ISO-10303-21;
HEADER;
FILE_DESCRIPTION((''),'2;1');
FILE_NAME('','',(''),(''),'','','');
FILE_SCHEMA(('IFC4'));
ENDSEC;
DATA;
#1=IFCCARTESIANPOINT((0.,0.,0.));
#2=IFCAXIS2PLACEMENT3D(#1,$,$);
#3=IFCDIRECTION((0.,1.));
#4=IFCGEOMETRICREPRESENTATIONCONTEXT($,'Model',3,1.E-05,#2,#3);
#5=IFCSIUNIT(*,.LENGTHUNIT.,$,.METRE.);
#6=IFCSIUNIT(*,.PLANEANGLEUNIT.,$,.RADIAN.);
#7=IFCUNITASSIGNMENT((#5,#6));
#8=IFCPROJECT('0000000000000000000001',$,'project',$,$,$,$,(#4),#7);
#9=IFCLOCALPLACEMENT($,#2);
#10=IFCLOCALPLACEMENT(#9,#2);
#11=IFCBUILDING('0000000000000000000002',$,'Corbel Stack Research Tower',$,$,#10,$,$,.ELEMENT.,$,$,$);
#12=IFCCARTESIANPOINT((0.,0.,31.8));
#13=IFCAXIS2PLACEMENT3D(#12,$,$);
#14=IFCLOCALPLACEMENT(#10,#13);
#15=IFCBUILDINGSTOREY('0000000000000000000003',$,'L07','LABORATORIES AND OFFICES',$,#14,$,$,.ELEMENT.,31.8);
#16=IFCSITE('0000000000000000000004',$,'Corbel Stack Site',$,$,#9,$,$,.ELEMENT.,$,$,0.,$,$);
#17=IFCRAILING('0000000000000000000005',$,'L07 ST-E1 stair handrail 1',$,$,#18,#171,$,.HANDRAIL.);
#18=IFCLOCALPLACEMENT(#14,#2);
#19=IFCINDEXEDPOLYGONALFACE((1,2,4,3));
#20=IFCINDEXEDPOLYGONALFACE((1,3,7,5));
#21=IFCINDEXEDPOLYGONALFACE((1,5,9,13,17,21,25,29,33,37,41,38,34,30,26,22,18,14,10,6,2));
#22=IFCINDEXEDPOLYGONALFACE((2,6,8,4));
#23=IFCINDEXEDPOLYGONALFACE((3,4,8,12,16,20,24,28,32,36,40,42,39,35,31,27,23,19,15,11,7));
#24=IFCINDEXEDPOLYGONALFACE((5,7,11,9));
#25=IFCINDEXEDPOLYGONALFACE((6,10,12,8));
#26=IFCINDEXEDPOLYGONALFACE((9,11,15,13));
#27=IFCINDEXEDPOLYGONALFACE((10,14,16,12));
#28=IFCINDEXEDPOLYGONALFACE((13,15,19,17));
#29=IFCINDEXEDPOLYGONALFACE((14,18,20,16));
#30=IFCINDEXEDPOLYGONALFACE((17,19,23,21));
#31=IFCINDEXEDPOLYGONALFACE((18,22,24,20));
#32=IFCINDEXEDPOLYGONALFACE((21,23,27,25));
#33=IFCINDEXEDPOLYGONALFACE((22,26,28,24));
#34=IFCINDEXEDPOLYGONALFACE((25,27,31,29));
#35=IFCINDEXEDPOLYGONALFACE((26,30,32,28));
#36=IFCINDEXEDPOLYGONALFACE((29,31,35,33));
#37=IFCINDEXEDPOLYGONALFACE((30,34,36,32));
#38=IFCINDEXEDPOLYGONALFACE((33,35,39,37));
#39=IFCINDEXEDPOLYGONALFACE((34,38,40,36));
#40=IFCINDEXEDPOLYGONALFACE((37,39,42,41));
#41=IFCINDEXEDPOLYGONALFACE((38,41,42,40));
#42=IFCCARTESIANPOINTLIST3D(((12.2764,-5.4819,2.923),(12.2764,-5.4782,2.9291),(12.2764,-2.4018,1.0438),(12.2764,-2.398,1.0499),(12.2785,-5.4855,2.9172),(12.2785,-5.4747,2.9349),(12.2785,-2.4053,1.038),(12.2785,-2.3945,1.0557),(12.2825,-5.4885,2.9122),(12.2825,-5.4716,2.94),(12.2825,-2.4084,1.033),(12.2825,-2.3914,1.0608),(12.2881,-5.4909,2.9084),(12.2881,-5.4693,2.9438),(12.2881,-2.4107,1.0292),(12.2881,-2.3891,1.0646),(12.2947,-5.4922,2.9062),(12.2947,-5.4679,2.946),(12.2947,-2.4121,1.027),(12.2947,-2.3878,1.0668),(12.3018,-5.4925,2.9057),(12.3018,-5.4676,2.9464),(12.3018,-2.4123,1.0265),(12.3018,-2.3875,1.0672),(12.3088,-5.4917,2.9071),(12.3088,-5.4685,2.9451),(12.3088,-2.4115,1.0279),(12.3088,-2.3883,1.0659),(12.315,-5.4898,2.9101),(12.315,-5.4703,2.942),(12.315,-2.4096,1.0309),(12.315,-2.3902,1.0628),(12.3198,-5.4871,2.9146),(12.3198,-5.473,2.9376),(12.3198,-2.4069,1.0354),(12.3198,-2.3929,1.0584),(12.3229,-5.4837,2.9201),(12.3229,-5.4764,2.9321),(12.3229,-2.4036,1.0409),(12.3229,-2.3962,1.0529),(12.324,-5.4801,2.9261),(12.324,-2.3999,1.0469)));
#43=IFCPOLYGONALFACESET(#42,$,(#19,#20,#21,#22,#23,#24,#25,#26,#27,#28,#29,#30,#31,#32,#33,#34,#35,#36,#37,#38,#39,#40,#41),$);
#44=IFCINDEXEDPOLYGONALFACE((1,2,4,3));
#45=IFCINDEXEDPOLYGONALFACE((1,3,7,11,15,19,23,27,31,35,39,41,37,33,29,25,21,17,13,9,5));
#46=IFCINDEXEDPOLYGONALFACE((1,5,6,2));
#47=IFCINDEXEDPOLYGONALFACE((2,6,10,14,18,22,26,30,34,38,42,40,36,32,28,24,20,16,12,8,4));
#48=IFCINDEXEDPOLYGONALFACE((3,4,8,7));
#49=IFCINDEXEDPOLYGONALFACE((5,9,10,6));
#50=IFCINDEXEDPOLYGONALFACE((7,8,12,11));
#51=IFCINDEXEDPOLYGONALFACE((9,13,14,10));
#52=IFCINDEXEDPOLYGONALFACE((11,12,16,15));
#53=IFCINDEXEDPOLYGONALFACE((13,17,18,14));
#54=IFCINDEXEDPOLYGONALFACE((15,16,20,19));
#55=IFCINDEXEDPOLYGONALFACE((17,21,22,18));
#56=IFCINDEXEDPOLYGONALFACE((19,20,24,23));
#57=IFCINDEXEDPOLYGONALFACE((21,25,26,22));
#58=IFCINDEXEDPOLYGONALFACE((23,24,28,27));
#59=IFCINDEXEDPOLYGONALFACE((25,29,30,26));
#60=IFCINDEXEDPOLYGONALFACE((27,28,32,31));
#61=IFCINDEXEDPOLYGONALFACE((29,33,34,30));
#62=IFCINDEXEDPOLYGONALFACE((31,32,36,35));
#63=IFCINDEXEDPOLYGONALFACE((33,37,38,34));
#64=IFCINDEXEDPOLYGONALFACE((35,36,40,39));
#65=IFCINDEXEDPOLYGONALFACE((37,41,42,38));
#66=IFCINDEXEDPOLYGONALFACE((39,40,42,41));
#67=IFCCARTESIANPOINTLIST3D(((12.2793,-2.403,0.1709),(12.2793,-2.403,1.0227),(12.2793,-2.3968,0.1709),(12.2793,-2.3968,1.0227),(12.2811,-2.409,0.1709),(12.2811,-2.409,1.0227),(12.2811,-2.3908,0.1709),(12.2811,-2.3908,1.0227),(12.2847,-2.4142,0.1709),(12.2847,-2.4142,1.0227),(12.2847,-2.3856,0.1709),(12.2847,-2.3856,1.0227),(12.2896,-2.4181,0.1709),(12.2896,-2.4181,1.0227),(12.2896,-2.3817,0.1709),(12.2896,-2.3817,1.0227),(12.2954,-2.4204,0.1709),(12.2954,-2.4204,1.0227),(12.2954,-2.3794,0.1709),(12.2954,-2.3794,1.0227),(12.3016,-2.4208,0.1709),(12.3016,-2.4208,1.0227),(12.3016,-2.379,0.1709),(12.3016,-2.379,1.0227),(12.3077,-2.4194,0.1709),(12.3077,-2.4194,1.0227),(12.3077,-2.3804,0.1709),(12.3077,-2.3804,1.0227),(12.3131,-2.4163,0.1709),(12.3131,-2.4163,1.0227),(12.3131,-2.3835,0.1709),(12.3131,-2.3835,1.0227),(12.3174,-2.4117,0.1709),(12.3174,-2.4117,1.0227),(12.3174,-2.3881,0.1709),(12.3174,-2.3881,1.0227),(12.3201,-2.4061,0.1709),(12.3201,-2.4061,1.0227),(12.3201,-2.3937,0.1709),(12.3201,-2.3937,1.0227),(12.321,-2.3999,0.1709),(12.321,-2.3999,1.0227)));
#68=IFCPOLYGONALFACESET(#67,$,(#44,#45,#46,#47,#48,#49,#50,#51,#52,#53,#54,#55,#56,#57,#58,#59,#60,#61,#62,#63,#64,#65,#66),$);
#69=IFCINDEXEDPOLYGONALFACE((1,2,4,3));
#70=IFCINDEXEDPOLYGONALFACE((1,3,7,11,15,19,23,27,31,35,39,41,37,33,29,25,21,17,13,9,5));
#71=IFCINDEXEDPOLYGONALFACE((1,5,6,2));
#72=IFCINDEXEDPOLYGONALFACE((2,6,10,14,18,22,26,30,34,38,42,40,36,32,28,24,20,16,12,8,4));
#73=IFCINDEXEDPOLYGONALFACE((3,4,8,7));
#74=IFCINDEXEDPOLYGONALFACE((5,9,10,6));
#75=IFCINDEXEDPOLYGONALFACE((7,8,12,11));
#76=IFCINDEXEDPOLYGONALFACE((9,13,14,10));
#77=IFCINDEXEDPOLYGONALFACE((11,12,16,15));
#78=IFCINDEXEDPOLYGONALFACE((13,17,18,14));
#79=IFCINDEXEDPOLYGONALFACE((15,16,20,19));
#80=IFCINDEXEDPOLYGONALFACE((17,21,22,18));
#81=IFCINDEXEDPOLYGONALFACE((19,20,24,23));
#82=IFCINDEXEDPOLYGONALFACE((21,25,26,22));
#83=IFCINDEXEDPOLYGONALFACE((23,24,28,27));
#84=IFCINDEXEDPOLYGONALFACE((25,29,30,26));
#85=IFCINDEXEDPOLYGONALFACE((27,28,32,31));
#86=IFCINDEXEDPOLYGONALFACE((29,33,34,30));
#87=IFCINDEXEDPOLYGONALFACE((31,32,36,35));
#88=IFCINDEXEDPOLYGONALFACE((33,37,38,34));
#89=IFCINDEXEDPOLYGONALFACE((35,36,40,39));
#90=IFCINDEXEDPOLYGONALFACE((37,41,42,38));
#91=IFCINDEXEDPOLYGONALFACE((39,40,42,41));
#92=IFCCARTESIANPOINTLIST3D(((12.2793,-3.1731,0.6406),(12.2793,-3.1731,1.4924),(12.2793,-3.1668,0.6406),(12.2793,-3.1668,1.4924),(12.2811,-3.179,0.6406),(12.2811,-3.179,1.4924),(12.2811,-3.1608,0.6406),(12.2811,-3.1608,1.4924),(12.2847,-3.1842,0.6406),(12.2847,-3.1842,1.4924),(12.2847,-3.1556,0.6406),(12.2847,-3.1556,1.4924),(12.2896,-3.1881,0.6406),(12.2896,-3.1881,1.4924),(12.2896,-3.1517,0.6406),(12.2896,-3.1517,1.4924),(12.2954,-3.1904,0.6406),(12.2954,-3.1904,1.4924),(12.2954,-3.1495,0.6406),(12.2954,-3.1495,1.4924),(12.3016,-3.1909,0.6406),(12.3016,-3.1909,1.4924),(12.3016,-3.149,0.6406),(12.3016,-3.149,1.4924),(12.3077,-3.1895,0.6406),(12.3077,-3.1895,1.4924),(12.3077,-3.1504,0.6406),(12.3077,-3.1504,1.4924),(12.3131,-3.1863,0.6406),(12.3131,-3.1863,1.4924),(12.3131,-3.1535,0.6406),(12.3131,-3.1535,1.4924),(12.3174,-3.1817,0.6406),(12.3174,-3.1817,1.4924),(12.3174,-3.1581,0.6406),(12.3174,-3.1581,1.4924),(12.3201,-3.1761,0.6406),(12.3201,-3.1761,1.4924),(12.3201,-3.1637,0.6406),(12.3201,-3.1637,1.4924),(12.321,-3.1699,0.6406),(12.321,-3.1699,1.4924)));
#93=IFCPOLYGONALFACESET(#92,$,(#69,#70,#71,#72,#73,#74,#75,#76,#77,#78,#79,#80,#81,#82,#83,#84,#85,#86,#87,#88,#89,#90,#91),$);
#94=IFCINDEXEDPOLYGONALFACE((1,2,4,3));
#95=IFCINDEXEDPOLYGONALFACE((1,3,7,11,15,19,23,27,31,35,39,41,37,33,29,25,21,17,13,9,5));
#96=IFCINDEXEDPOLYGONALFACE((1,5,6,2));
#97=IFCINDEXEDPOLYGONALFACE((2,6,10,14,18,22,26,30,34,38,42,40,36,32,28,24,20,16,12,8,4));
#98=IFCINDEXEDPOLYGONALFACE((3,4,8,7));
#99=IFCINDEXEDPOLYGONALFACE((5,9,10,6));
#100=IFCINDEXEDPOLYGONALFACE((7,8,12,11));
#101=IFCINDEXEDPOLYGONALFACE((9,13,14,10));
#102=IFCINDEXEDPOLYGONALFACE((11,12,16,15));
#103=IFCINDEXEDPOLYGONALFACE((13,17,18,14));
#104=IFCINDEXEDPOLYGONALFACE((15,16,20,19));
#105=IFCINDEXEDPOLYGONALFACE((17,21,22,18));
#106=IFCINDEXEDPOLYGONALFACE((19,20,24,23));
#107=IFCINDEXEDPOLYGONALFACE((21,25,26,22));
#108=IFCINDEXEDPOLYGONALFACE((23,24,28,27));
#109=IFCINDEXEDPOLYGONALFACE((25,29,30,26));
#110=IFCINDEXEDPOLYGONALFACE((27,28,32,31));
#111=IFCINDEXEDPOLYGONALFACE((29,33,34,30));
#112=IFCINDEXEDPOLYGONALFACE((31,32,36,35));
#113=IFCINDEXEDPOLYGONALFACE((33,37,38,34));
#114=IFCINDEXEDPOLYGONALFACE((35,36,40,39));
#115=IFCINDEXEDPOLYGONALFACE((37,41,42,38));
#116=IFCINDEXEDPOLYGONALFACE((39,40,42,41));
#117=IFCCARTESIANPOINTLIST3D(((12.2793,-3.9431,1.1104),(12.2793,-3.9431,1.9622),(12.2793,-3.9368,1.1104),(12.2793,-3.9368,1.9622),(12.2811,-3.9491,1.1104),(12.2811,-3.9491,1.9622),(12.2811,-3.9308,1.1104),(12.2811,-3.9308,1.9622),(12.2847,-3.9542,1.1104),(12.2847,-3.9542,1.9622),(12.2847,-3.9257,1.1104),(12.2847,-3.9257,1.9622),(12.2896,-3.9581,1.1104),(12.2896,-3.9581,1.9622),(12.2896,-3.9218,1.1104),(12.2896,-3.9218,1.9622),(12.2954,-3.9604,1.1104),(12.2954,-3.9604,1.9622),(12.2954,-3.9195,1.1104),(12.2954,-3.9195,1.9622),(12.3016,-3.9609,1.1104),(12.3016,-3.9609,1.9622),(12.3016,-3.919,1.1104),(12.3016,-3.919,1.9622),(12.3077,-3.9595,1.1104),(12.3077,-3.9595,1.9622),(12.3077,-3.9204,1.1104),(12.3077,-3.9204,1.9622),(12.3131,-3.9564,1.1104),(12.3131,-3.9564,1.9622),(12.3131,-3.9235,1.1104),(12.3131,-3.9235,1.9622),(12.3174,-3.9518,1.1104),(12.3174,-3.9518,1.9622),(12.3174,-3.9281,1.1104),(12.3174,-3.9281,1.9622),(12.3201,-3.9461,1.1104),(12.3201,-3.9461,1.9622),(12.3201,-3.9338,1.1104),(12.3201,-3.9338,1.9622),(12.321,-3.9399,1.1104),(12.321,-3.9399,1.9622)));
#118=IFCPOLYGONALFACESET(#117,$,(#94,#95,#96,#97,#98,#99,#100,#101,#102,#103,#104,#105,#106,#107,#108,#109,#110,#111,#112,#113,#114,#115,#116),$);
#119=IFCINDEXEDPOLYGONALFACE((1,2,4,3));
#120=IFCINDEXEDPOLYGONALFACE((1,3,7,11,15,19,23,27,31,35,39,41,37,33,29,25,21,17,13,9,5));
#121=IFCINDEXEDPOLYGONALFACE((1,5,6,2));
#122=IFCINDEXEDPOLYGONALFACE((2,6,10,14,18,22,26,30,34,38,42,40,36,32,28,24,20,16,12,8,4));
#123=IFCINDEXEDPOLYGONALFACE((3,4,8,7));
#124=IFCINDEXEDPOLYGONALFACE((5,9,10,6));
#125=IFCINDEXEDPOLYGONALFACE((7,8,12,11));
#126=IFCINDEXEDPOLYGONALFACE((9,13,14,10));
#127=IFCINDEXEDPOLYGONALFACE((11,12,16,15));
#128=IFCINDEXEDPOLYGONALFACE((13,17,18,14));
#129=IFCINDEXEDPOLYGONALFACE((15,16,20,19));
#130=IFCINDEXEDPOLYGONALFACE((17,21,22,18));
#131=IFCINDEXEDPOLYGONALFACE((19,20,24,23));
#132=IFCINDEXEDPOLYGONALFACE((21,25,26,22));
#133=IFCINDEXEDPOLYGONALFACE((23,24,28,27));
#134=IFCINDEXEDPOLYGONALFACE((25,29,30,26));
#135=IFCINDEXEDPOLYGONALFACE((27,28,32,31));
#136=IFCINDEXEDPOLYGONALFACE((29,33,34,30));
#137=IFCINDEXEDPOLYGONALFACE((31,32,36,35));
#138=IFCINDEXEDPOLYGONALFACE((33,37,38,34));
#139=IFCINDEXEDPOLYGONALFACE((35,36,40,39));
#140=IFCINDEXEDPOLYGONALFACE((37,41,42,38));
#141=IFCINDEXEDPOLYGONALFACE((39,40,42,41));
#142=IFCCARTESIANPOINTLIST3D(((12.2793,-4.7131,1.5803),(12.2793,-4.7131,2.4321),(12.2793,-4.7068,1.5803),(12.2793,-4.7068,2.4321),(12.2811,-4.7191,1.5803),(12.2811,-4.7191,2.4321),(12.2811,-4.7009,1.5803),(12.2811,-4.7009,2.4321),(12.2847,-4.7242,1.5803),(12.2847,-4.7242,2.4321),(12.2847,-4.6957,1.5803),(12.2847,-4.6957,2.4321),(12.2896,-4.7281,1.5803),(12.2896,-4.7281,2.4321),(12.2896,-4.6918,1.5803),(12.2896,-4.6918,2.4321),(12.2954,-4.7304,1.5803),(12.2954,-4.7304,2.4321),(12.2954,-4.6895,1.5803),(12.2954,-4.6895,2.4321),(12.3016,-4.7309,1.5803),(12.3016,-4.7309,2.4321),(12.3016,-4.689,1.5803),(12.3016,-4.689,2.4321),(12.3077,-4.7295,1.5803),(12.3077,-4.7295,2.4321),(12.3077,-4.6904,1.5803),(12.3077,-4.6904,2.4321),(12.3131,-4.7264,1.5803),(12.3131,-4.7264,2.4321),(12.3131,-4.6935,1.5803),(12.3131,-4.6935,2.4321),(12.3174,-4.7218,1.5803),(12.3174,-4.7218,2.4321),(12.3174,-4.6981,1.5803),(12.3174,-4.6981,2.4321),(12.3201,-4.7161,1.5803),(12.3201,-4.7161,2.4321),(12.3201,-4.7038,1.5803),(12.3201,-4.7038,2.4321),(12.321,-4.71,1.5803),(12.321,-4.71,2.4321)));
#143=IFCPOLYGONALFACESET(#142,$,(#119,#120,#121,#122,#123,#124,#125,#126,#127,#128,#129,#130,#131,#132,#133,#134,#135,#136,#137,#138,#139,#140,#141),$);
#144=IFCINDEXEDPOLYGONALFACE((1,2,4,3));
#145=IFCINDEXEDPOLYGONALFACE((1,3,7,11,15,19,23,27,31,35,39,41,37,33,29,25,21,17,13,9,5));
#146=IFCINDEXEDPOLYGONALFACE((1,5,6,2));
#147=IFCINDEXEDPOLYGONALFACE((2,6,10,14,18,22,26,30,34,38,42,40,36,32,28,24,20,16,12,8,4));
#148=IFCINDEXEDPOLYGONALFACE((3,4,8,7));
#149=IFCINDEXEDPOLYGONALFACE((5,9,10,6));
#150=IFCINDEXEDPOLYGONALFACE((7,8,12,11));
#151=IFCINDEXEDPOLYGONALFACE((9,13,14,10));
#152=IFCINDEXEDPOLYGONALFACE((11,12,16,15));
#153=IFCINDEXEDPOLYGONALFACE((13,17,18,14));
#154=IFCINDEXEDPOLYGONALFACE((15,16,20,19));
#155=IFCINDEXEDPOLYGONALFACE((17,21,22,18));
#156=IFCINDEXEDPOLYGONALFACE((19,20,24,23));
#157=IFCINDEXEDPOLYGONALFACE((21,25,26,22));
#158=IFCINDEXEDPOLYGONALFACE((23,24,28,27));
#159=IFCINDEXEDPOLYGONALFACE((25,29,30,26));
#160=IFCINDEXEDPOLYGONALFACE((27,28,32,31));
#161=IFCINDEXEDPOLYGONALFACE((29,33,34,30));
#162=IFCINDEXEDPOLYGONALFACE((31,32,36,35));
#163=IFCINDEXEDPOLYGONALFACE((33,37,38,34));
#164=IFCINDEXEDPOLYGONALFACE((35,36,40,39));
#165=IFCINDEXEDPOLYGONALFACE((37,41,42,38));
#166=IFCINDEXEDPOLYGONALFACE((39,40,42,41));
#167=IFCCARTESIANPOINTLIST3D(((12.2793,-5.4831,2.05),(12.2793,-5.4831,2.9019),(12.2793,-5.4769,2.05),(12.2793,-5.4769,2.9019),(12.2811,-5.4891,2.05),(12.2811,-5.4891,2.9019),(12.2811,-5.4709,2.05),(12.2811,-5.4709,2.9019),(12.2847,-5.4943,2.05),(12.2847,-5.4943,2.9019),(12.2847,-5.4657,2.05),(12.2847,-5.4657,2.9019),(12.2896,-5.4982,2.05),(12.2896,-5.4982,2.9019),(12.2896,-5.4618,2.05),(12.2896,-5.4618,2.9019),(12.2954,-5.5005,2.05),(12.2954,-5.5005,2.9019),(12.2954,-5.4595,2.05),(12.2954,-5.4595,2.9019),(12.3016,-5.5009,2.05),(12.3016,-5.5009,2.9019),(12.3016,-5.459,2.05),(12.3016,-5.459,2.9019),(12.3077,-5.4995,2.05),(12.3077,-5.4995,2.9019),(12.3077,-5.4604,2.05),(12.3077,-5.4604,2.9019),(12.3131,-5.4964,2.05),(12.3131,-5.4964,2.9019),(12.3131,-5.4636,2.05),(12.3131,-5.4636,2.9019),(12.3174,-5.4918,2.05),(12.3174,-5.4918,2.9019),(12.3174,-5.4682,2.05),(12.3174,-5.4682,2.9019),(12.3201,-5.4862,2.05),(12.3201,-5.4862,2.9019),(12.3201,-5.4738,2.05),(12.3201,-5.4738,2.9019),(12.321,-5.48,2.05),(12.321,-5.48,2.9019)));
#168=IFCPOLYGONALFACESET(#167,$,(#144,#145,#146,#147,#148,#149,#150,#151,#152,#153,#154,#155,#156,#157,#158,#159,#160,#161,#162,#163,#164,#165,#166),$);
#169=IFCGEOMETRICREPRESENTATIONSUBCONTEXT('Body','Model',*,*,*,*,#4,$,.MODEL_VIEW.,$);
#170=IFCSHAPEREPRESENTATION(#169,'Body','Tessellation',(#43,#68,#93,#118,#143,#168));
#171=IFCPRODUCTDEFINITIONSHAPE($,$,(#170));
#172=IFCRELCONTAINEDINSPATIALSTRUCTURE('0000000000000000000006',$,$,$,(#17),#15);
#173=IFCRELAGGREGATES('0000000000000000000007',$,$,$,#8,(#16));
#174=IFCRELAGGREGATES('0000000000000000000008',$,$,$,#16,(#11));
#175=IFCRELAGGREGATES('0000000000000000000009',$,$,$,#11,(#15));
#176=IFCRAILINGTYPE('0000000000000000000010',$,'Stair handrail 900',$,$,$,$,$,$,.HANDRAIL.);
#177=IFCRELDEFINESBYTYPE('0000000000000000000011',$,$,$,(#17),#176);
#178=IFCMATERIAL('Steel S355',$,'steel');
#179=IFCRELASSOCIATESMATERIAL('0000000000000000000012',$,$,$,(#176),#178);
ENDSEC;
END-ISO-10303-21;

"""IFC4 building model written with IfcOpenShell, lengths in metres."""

from ifc_helpers import new_model, si_unit, direction, frame, origin, origin_2d, place, context, subcontext, project, spatial, circle, extrude, material, type_object, element, save


model = new_model("IFC4")

# Units and contexts
model_context = context("Model", 3, precision=1e-05, world=origin(), true_north=direction((0.0, 1.0)))
body_context = subcontext(model_context, "Body", "Model", "MODEL_VIEW")
ifc_project = project(units=[si_unit("LENGTHUNIT", "METRE"), si_unit("PLANEANGLEUNIT", "RADIAN")], contexts=[model_context])

# Site, building, storey
site_placement = place(None, origin())
site = spatial("IfcSite", under=ifc_project, at=site_placement, Name="Corbel Stack Site", CompositionType="ELEMENT", RefElevation=0.0)
building_placement = place(site_placement, origin())
building = spatial("IfcBuilding", under=site, at=building_placement, Name="Corbel Stack Research Tower", CompositionType="ELEMENT")
storey_placement = place(building_placement, frame((0.0, 0.0, 31.8)))
storey = spatial("IfcBuildingStorey", under=building, at=storey_placement, Name="L07", Description="LABORATORIES AND OFFICES", CompositionType="ELEMENT", Elevation=31.8)

# Railing
ifc_material_1 = material(Name="Steel S355", Category="steel")
railing_type_1 = type_object("IfcRailingType", Name="Stair handrail 900", PredefinedType="HANDRAIL", material=ifc_material_1)
railing_1_placement = place(storey_placement, frame((12.3, -2.3999, 0.1709)))
element("IfcRailing", 1, at=railing_1_placement, inside=storey, type_object=railing_type_1, Name="L07 ST-E1 stair handrail 1", PredefinedType="HANDRAIL", context=body_context, shape_type="SweptSolid", body=[
    extrude(circle(Radius=0.0239, at=origin_2d()), frame((0.0, 0.0, 0.876), z_axis=(0.0, -0.853666, 0.52082), x_axis=(1.0, 0.0, 0.0)), (0.0, 0.0, 1.0), 3.6082),
    extrude(circle(Radius=0.021, at=origin_2d()), origin(), (0.0, 0.0, 1.0), 0.8518),
    extrude(circle(Radius=0.021, at=origin_2d()), frame((0.0, -0.77, 0.4697)), (0.0, 0.0, 1.0), 0.8518),
    extrude(circle(Radius=0.021, at=origin_2d()), frame((0.0, -1.54, 0.9395)), (0.0, 0.0, 1.0), 0.8518),
    extrude(circle(Radius=0.021, at=origin_2d()), frame((0.0, -2.3101, 1.4094)), (0.0, 0.0, 1.0), 0.8518),
    extrude(circle(Radius=0.021, at=origin_2d()), frame((0.0, -3.0801, 1.8792)), (0.0, 0.0, 1.0), 0.8518),
])

save(model, "model.ifc")
